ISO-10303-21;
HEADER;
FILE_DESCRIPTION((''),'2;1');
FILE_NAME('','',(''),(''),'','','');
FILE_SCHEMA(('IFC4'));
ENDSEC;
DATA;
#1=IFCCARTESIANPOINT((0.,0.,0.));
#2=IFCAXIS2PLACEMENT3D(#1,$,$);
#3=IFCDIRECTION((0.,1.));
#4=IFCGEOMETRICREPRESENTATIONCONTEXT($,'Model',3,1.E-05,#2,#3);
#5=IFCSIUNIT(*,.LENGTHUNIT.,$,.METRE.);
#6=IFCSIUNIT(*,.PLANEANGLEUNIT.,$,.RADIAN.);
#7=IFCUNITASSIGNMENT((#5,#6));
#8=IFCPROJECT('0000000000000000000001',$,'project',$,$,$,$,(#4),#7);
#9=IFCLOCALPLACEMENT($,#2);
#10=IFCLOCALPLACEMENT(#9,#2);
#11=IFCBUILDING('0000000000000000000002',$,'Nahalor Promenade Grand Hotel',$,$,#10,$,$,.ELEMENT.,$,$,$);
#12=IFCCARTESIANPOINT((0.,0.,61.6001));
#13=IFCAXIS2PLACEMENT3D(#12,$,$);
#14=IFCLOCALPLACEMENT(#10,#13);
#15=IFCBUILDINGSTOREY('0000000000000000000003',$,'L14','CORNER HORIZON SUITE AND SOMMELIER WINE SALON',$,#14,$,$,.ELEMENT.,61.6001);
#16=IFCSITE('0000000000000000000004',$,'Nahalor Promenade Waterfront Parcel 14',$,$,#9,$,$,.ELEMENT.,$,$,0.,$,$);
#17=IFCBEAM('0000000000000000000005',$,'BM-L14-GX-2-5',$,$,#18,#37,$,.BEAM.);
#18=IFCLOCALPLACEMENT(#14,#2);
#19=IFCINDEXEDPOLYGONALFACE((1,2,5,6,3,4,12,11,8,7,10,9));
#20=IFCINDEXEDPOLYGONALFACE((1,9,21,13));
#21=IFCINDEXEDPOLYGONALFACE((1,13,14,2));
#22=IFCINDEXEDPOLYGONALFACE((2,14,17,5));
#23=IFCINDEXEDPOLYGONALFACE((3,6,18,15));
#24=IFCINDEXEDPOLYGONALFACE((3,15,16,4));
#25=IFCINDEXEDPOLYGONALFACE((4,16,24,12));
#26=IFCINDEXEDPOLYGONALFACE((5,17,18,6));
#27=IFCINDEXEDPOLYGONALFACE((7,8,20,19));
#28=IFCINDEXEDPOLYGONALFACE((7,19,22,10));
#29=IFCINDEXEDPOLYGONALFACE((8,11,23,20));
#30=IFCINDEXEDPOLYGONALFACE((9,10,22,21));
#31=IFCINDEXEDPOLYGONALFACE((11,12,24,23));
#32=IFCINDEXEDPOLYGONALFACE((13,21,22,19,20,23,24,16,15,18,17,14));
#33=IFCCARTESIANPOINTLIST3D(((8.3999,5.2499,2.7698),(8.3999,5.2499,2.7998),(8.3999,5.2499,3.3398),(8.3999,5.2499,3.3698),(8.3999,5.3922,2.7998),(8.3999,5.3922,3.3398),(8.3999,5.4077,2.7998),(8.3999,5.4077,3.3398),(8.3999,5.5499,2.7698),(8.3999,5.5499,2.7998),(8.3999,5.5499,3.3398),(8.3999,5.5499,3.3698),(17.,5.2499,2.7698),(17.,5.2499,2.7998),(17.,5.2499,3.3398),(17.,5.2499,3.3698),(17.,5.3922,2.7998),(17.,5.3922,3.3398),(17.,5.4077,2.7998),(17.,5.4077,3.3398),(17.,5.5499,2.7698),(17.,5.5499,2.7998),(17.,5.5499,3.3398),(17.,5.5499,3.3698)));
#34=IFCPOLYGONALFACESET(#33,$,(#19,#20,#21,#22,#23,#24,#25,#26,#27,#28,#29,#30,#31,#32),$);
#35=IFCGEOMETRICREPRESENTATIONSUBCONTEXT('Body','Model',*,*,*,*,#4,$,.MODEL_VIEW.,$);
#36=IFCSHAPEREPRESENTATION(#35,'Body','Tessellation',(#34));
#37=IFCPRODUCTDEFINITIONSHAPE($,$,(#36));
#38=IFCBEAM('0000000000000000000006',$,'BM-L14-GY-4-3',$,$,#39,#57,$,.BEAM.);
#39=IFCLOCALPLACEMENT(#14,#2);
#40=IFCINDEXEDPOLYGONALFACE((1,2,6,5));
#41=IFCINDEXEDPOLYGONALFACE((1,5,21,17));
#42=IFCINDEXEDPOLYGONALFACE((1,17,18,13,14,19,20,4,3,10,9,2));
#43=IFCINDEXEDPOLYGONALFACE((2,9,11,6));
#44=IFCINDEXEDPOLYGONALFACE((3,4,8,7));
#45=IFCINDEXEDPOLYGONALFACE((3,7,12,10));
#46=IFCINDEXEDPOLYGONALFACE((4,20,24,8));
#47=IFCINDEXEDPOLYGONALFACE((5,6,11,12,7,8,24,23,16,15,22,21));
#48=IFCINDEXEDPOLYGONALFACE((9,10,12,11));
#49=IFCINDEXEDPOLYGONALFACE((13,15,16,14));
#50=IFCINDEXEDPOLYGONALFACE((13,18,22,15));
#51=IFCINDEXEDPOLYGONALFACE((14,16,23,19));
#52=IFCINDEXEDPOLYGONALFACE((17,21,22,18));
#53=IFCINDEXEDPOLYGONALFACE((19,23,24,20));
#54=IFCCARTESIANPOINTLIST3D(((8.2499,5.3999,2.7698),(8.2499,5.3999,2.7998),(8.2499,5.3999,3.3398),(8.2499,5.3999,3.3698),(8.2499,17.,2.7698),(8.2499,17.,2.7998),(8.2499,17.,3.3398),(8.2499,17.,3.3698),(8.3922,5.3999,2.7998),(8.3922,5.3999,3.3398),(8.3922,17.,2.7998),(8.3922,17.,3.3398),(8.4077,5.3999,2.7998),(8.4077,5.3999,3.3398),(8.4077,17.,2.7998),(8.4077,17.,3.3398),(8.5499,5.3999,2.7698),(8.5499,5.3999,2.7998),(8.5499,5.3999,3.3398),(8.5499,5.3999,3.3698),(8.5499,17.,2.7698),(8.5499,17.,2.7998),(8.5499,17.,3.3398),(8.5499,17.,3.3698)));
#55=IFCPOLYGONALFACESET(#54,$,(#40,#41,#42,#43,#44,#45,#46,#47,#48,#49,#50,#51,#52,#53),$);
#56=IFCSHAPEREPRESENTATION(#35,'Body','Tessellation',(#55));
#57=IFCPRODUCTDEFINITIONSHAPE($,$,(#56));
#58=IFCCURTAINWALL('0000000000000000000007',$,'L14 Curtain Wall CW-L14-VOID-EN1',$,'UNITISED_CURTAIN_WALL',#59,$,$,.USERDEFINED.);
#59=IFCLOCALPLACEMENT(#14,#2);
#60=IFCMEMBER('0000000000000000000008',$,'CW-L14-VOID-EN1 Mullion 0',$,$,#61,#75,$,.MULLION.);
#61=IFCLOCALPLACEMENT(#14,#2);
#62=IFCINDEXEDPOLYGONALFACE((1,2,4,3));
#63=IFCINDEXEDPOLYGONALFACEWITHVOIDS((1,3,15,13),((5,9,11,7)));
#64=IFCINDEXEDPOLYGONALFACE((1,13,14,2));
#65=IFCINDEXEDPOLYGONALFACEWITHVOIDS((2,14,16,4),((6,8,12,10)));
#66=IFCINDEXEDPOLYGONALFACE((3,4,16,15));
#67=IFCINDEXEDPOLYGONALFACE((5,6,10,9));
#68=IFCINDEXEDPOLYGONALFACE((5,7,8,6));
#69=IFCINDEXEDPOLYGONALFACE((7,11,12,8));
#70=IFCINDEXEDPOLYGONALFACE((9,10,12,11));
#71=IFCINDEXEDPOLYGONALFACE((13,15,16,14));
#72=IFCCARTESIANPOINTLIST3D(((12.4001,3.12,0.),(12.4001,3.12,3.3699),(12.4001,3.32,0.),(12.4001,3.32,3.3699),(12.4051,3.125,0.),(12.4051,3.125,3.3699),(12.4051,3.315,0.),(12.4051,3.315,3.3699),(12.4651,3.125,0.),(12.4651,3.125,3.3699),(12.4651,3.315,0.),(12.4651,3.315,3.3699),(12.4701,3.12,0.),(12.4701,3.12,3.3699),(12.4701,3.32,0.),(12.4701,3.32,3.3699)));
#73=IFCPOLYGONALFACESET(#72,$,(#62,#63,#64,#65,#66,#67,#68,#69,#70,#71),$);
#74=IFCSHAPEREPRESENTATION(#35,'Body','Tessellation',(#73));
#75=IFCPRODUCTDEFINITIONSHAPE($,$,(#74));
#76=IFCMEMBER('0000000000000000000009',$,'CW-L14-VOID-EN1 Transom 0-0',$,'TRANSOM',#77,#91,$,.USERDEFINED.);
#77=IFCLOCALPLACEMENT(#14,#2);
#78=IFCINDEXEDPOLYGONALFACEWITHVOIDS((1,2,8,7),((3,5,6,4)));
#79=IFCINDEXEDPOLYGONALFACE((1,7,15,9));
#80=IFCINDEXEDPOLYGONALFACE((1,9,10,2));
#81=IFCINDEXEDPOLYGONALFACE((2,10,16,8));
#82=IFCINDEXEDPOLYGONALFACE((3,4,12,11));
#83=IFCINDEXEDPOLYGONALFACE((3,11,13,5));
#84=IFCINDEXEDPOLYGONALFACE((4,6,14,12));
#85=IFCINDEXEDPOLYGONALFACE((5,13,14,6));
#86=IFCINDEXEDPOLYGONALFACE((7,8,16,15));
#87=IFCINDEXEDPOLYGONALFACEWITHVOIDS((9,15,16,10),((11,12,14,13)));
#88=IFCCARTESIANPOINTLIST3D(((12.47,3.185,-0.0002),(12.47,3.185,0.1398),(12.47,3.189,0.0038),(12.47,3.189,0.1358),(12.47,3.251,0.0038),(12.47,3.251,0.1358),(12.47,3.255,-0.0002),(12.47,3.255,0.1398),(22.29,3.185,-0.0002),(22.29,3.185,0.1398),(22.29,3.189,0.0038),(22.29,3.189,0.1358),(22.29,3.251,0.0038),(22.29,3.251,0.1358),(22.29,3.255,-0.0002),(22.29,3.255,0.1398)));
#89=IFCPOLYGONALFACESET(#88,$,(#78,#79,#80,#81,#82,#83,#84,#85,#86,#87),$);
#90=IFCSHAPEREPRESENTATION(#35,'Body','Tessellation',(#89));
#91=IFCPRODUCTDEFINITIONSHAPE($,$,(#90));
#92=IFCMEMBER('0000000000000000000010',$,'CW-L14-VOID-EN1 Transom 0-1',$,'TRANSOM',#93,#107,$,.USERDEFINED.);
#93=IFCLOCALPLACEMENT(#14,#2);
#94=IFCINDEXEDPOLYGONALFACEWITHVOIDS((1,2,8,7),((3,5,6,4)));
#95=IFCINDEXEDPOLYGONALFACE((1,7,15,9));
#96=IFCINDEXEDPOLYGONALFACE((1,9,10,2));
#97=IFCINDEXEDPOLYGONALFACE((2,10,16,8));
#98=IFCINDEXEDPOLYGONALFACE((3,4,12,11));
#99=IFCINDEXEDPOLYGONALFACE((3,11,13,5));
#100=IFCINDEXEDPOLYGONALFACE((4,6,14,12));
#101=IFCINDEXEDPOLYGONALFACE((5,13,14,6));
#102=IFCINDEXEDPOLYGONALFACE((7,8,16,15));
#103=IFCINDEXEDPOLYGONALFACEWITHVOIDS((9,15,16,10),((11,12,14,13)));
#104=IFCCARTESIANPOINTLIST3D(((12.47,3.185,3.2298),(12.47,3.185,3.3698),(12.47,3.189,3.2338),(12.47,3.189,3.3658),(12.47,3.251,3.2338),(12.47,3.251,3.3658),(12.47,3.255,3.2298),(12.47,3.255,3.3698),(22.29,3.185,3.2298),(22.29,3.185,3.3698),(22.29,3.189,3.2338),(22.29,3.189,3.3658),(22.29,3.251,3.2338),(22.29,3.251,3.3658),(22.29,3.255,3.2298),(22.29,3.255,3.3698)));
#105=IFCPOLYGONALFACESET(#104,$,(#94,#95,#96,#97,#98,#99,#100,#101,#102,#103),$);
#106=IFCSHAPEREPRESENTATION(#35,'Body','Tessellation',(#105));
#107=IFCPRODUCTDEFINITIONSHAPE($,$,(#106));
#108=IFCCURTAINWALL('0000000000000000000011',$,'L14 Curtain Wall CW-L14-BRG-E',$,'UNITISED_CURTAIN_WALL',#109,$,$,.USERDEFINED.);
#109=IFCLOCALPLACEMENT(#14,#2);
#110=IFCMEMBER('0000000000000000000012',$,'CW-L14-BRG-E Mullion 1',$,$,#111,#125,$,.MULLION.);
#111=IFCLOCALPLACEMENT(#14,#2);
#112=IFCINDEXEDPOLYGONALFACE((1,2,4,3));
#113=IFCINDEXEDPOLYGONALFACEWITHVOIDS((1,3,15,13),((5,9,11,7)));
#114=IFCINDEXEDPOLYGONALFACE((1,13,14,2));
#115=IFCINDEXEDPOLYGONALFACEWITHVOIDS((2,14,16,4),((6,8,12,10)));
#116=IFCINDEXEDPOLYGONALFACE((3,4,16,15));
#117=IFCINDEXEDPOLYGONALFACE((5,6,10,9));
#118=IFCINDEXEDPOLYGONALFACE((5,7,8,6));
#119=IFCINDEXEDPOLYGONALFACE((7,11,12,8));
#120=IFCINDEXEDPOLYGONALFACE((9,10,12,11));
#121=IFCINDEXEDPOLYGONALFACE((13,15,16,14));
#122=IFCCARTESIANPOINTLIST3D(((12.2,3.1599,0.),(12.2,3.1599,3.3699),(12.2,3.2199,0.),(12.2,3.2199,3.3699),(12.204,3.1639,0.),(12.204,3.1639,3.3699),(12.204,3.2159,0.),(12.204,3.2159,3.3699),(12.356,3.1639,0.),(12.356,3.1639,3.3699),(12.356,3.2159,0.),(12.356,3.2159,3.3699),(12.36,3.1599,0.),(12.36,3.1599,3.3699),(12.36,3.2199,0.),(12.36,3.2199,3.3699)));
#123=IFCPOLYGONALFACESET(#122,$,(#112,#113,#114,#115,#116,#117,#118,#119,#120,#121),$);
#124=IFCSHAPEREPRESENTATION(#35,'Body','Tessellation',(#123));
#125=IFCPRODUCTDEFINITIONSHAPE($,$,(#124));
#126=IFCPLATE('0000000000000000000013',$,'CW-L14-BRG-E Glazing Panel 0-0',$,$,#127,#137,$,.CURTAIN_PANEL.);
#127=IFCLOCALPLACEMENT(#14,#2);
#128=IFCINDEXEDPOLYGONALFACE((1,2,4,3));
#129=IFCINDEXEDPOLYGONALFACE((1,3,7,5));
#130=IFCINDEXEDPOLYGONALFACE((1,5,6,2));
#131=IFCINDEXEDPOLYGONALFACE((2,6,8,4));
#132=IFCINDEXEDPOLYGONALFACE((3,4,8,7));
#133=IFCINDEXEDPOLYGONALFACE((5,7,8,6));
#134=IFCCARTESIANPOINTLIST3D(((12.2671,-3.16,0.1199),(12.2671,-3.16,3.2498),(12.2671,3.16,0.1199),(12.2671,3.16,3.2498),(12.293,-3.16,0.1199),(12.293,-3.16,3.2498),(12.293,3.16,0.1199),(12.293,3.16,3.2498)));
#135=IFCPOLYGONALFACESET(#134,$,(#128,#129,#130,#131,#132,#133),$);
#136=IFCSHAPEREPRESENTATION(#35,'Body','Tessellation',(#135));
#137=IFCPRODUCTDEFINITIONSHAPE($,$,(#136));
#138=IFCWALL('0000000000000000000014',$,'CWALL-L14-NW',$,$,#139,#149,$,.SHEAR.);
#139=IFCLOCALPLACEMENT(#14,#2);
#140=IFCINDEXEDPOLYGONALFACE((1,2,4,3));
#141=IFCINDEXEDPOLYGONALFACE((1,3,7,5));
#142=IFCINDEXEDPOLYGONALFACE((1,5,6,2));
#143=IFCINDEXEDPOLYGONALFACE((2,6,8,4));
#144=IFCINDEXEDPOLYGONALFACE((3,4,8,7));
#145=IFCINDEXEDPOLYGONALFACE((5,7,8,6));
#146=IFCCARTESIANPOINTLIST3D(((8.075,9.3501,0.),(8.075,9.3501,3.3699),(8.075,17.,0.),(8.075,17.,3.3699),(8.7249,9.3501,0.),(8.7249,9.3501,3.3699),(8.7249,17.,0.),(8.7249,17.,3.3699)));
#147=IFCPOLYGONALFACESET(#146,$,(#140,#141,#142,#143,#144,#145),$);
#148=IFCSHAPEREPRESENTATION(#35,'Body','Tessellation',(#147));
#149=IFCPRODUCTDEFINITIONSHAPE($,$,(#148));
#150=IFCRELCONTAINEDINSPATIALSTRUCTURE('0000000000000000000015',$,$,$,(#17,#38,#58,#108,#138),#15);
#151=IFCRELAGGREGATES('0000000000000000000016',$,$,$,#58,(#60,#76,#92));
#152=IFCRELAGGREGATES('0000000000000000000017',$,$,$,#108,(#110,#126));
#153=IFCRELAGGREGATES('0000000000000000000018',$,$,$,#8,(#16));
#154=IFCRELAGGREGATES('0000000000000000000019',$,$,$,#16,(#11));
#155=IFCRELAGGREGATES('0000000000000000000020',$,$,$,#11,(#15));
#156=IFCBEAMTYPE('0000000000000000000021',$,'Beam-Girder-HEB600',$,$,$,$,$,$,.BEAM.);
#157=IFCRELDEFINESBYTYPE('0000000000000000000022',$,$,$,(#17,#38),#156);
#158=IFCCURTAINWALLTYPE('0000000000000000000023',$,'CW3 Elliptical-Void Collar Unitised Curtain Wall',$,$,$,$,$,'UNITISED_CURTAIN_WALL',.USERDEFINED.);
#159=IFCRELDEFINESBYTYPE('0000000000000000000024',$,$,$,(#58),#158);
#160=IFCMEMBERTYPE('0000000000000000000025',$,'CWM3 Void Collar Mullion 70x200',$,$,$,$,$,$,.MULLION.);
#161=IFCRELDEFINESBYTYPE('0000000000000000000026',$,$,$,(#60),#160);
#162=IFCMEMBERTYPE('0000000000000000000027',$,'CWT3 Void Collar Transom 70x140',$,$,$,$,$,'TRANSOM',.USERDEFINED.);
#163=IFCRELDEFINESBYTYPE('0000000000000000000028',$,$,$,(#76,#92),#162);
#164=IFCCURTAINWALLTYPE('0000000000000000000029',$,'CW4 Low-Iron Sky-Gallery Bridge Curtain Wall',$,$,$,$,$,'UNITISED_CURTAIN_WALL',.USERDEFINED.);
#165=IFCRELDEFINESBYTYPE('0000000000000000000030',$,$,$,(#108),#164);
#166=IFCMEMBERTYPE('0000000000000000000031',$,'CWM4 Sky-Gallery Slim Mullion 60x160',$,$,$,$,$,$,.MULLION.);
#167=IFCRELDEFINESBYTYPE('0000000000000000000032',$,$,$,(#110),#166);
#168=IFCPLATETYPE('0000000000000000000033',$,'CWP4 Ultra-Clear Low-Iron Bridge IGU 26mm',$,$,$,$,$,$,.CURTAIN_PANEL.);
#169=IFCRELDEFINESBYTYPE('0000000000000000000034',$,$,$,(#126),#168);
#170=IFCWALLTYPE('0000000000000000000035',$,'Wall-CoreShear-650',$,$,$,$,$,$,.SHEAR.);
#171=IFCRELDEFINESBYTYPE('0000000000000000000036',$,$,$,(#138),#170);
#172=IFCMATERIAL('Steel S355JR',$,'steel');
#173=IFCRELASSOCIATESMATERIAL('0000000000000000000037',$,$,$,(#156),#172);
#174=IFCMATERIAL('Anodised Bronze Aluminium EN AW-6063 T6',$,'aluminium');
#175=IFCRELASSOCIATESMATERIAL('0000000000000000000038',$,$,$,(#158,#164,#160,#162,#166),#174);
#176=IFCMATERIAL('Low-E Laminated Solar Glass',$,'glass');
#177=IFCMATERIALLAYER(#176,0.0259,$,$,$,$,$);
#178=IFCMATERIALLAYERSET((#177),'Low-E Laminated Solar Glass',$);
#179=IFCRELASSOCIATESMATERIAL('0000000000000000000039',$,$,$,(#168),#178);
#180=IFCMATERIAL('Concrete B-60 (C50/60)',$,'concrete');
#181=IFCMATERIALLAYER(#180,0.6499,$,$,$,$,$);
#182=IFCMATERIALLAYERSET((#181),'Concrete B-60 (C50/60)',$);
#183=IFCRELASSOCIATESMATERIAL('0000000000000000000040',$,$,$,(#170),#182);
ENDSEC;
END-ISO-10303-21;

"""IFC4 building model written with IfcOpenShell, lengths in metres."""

from ifc_helpers import new_model, si_unit, direction, frame, frame_2d, origin, origin_2d, place, context, subcontext, project, spatial, rectangle, hollow_rectangle, i_section, extrude, source, transform, mapped, material, layer, layer_set, material_profile, profile_set, type_object, element, aggregate, save


model = new_model("IFC4")

# Units and contexts
model_context = context("Model", 3, precision=1e-05, world=origin(), true_north=direction((0.0, 1.0)))
body_context = subcontext(model_context, "Body", "Model", "MODEL_VIEW")
ifc_project = project(units=[si_unit("LENGTHUNIT", "METRE"), si_unit("PLANEANGLEUNIT", "RADIAN")], contexts=[model_context])

# Site, building, storey
site_placement = place(None, origin())
site = spatial("IfcSite", under=ifc_project, at=site_placement, Name="Nahalor Promenade Waterfront Parcel 14", CompositionType="ELEMENT", RefElevation=0.0)
building_placement = place(site_placement, origin())
building = spatial("IfcBuilding", under=site, at=building_placement, Name="Nahalor Promenade Grand Hotel", CompositionType="ELEMENT")
storey_placement = place(building_placement, frame((0.0, 0.0, 61.6001)))
storey = spatial("IfcBuildingStorey", under=building, at=storey_placement, Name="L14", Description="CORNER HORIZON SUITE AND SOMMELIER WINE SALON", CompositionType="ELEMENT", Elevation=61.6001)

# Beams
ifc_material_1 = material(Name="Steel S355JR", Category="steel")
ifc_material_profile_1 = material_profile(ifc_material_1, i_section(OverallWidth=0.3, OverallDepth=0.6, WebThickness=0.0155, FlangeThickness=0.03, at=origin_2d()), Name="HEB 600")
ifc_profile_set_1 = profile_set([ifc_material_profile_1], Name="Steel S355JR")
beam_type = type_object("IfcBeamType", Name="Beam-Girder-HEB600", PredefinedType="BEAM", material=ifc_profile_set_1)
shared_shape_1 = source(origin(), body_context, "Body", "SweptSolid", [
    extrude(i_section(OverallWidth=0.3, OverallDepth=0.6, WebThickness=0.0155, FlangeThickness=0.03, at=origin_2d()), origin(), (0.0, 0.0, 1.0), 8.6001),
])
beam_1_placement = place(storey_placement, frame((8.3999, 5.3999, 3.0698), z_axis=(1.0, 0.0, 0.0), x_axis=(0.0, 1.0, 0.0)))
element("IfcBeam", 1, at=beam_1_placement, inside=storey, type_object=beam_type, Name="BM-L14-GX-2-5", PredefinedType="BEAM", context=body_context, shape_type="MappedRepresentation", body=[
    mapped(shared_shape_1, transform((0.0, 0.0, 0.0), scale=1.0)),
])
shared_shape_2 = source(origin(), body_context, "Body", "SweptSolid", [
    extrude(i_section(OverallWidth=0.3, OverallDepth=0.6, WebThickness=0.0155, FlangeThickness=0.03, at=origin_2d()), origin(), (0.0, 0.0, 1.0), 11.6001),
])
beam_2_placement = place(storey_placement, frame((8.3999, 5.3999, 3.0698), z_axis=(0.0, 1.0, 0.0), x_axis=(-1.0, 0.0, 0.0)))
element("IfcBeam", 2, at=beam_2_placement, inside=storey, type_object=beam_type, Name="BM-L14-GY-4-3", PredefinedType="BEAM", context=body_context, shape_type="MappedRepresentation", body=[
    mapped(shared_shape_2, transform((0.0, 0.0, 0.0), scale=1.0)),
])

# Curtain wall, members
ifc_material_2 = material(Name="Anodised Bronze Aluminium EN AW-6063 T6", Category="aluminium")
curtain_wall_type_1 = type_object("IfcCurtainWallType", Name="CW3 Elliptical-Void Collar Unitised Curtain Wall", ElementType="UNITISED_CURTAIN_WALL", PredefinedType="USERDEFINED", material=ifc_material_2)
curtain_wall_1_placement = place(storey_placement, origin())
curtain_wall_1 = element("IfcCurtainWall", 3, at=curtain_wall_1_placement, inside=storey, type_object=curtain_wall_type_1, Name="L14 Curtain Wall CW-L14-VOID-EN1", ObjectType="UNITISED_CURTAIN_WALL", PredefinedType="USERDEFINED")
ifc_material_profile_2 = material_profile(ifc_material_2, hollow_rectangle(XDim=0.07, YDim=0.2, WallThickness=0.005, at=origin_2d()), Name="CWM 70x200x5")
ifc_profile_set_2 = profile_set([ifc_material_profile_2], Name="Anodised Bronze Aluminium EN AW-6063 T6")
member_type_1 = type_object("IfcMemberType", Name="CWM3 Void Collar Mullion 70x200", PredefinedType="MULLION", material=ifc_profile_set_2)
shared_shape_3 = source(origin(), body_context, "Body", "SweptSolid", [
    extrude(hollow_rectangle(XDim=0.07, YDim=0.2, WallThickness=0.005, at=origin_2d()), origin(), (0.0, 0.0, 1.0), 3.3699),
])
member_1_placement = place(storey_placement, frame((12.4351, 3.22, 0.0), z_axis=(0.0, 0.0, 1.0), x_axis=(1.0, 0.0, 0.0)))
member_1 = element("IfcMember", 4, at=member_1_placement, type_object=member_type_1, Name="CW-L14-VOID-EN1 Mullion 0", PredefinedType="MULLION", context=body_context, shape_type="MappedRepresentation", body=[
    mapped(shared_shape_3, transform((0.0, 0.0, 0.0), scale=1.0)),
])
ifc_material_profile_3 = material_profile(ifc_material_2, hollow_rectangle(XDim=0.07, YDim=0.14, WallThickness=0.004, at=origin_2d()), Name="CWT 70x140x4")
ifc_profile_set_3 = profile_set([ifc_material_profile_3], Name="Anodised Bronze Aluminium EN AW-6063 T6")
member_type_2 = type_object("IfcMemberType", Name="CWT3 Void Collar Transom 70x140", ElementType="TRANSOM", PredefinedType="USERDEFINED", material=ifc_profile_set_3)
shared_shape_4 = source(origin(), body_context, "Body", "SweptSolid", [
    extrude(hollow_rectangle(XDim=0.07, YDim=0.14, WallThickness=0.004, at=origin_2d()), origin(), (0.0, 0.0, 1.0), 9.8201),
])
member_2_placement = place(storey_placement, frame((12.47, 3.22, 0.0698), z_axis=(1.0, 0.0, 0.0), x_axis=(0.0, 1.0, 0.0)))
member_2 = element("IfcMember", 5, at=member_2_placement, type_object=member_type_2, Name="CW-L14-VOID-EN1 Transom 0-0", ObjectType="TRANSOM", PredefinedType="USERDEFINED", context=body_context, shape_type="MappedRepresentation", body=[
    mapped(shared_shape_4, transform((0.0, 0.0, 0.0), scale=1.0)),
])
member_3_placement = place(storey_placement, frame((12.47, 3.22, 3.2998), z_axis=(1.0, 0.0, 0.0), x_axis=(0.0, 1.0, 0.0)))
member_3 = element("IfcMember", 6, at=member_3_placement, type_object=member_type_2, Name="CW-L14-VOID-EN1 Transom 0-1", ObjectType="TRANSOM", PredefinedType="USERDEFINED", context=body_context, shape_type="MappedRepresentation", body=[
    mapped(shared_shape_4, transform((0.0, 0.0, 0.0), scale=1.0)),
])
aggregate(curtain_wall_1, [member_1, member_2, member_3])

# Curtain wall, member, plate
curtain_wall_type_2 = type_object("IfcCurtainWallType", Name="CW4 Low-Iron Sky-Gallery Bridge Curtain Wall", ElementType="UNITISED_CURTAIN_WALL", PredefinedType="USERDEFINED", material=ifc_material_2)
curtain_wall_2_placement = place(storey_placement, origin())
curtain_wall_2 = element("IfcCurtainWall", 7, at=curtain_wall_2_placement, inside=storey, type_object=curtain_wall_type_2, Name="L14 Curtain Wall CW-L14-BRG-E", ObjectType="UNITISED_CURTAIN_WALL", PredefinedType="USERDEFINED")
ifc_material_profile_4 = material_profile(ifc_material_2, hollow_rectangle(XDim=0.06, YDim=0.16, WallThickness=0.004, at=origin_2d()), Name="CWM 60x160x4")
ifc_profile_set_4 = profile_set([ifc_material_profile_4], Name="Anodised Bronze Aluminium EN AW-6063 T6")
member_type_3 = type_object("IfcMemberType", Name="CWM4 Sky-Gallery Slim Mullion 60x160", PredefinedType="MULLION", material=ifc_profile_set_4)
shared_shape_5 = source(origin(), body_context, "Body", "SweptSolid", [
    extrude(hollow_rectangle(XDim=0.06, YDim=0.16, WallThickness=0.004, at=origin_2d()), origin(), (0.0, 0.0, 1.0), 3.3699),
])
member_4_placement = place(storey_placement, frame((12.28, 3.1899, 0.0), z_axis=(0.0, 0.0, 1.0), x_axis=(0.0, 1.0, 0.0)))
member_4 = element("IfcMember", 8, at=member_4_placement, type_object=member_type_3, Name="CW-L14-BRG-E Mullion 1", PredefinedType="MULLION", context=body_context, shape_type="MappedRepresentation", body=[
    mapped(shared_shape_5, transform((0.0, 0.0, 0.0), scale=1.0)),
])
ifc_material_3 = material(Name="Low-E Laminated Solar Glass", Category="glass")
ifc_layer_1 = layer(ifc_material_3, 0.0259)
ifc_layer_set_1 = layer_set([ifc_layer_1], Name="Low-E Laminated Solar Glass")
plate_type = type_object("IfcPlateType", Name="CWP4 Ultra-Clear Low-Iron Bridge IGU 26mm", PredefinedType="CURTAIN_PANEL", material=ifc_layer_set_1)
shared_shape_6 = source(origin(), body_context, "Body", "SweptSolid", [
    extrude(rectangle(XDim=6.3201, YDim=0.0259, at=origin_2d()), origin(), (0.0, 0.0, 1.0), 3.1299),
])
plate_placement = place(storey_placement, frame((12.28, 0.0, 0.1199), z_axis=(0.0, 0.0, 1.0), x_axis=(0.0, 1.0, 0.0)))
plate = element("IfcPlate", 9, at=plate_placement, type_object=plate_type, Name="CW-L14-BRG-E Glazing Panel 0-0", PredefinedType="CURTAIN_PANEL", context=body_context, shape_type="MappedRepresentation", body=[
    mapped(shared_shape_6, transform((0.0, 0.0, 0.0), scale=1.0)),
])
aggregate(curtain_wall_2, [member_4, plate])

# Wall
ifc_material_4 = material(Name="Concrete B-60 (C50/60)", Category="concrete")
ifc_layer_2 = layer(ifc_material_4, 0.6499)
ifc_layer_set_2 = layer_set([ifc_layer_2], Name="Concrete B-60 (C50/60)")
wall_type_1 = type_object("IfcWallType", Name="Wall-CoreShear-650", PredefinedType="SHEAR", material=ifc_layer_set_2)
shared_shape_7 = source(origin(), body_context, "Body", "SweptSolid", [
    extrude(rectangle(XDim=7.6499, YDim=0.6499, at=frame_2d((3.825, 0.0))), origin(), (0.0, 0.0, 1.0), 3.3699),
])
wall_1_placement = place(storey_placement, frame((8.3999, 9.3501, 0.0), z_axis=(0.0, 0.0, 1.0), x_axis=(0.0, 1.0, 0.0)))
element("IfcWall", 10, at=wall_1_placement, inside=storey, type_object=wall_type_1, Name="CWALL-L14-NW", PredefinedType="SHEAR", context=body_context, shape_type="MappedRepresentation", body=[
    mapped(shared_shape_7, transform((0.0, 0.0, 0.0), scale=1.0)),
])

save(model, "model.ifc")
